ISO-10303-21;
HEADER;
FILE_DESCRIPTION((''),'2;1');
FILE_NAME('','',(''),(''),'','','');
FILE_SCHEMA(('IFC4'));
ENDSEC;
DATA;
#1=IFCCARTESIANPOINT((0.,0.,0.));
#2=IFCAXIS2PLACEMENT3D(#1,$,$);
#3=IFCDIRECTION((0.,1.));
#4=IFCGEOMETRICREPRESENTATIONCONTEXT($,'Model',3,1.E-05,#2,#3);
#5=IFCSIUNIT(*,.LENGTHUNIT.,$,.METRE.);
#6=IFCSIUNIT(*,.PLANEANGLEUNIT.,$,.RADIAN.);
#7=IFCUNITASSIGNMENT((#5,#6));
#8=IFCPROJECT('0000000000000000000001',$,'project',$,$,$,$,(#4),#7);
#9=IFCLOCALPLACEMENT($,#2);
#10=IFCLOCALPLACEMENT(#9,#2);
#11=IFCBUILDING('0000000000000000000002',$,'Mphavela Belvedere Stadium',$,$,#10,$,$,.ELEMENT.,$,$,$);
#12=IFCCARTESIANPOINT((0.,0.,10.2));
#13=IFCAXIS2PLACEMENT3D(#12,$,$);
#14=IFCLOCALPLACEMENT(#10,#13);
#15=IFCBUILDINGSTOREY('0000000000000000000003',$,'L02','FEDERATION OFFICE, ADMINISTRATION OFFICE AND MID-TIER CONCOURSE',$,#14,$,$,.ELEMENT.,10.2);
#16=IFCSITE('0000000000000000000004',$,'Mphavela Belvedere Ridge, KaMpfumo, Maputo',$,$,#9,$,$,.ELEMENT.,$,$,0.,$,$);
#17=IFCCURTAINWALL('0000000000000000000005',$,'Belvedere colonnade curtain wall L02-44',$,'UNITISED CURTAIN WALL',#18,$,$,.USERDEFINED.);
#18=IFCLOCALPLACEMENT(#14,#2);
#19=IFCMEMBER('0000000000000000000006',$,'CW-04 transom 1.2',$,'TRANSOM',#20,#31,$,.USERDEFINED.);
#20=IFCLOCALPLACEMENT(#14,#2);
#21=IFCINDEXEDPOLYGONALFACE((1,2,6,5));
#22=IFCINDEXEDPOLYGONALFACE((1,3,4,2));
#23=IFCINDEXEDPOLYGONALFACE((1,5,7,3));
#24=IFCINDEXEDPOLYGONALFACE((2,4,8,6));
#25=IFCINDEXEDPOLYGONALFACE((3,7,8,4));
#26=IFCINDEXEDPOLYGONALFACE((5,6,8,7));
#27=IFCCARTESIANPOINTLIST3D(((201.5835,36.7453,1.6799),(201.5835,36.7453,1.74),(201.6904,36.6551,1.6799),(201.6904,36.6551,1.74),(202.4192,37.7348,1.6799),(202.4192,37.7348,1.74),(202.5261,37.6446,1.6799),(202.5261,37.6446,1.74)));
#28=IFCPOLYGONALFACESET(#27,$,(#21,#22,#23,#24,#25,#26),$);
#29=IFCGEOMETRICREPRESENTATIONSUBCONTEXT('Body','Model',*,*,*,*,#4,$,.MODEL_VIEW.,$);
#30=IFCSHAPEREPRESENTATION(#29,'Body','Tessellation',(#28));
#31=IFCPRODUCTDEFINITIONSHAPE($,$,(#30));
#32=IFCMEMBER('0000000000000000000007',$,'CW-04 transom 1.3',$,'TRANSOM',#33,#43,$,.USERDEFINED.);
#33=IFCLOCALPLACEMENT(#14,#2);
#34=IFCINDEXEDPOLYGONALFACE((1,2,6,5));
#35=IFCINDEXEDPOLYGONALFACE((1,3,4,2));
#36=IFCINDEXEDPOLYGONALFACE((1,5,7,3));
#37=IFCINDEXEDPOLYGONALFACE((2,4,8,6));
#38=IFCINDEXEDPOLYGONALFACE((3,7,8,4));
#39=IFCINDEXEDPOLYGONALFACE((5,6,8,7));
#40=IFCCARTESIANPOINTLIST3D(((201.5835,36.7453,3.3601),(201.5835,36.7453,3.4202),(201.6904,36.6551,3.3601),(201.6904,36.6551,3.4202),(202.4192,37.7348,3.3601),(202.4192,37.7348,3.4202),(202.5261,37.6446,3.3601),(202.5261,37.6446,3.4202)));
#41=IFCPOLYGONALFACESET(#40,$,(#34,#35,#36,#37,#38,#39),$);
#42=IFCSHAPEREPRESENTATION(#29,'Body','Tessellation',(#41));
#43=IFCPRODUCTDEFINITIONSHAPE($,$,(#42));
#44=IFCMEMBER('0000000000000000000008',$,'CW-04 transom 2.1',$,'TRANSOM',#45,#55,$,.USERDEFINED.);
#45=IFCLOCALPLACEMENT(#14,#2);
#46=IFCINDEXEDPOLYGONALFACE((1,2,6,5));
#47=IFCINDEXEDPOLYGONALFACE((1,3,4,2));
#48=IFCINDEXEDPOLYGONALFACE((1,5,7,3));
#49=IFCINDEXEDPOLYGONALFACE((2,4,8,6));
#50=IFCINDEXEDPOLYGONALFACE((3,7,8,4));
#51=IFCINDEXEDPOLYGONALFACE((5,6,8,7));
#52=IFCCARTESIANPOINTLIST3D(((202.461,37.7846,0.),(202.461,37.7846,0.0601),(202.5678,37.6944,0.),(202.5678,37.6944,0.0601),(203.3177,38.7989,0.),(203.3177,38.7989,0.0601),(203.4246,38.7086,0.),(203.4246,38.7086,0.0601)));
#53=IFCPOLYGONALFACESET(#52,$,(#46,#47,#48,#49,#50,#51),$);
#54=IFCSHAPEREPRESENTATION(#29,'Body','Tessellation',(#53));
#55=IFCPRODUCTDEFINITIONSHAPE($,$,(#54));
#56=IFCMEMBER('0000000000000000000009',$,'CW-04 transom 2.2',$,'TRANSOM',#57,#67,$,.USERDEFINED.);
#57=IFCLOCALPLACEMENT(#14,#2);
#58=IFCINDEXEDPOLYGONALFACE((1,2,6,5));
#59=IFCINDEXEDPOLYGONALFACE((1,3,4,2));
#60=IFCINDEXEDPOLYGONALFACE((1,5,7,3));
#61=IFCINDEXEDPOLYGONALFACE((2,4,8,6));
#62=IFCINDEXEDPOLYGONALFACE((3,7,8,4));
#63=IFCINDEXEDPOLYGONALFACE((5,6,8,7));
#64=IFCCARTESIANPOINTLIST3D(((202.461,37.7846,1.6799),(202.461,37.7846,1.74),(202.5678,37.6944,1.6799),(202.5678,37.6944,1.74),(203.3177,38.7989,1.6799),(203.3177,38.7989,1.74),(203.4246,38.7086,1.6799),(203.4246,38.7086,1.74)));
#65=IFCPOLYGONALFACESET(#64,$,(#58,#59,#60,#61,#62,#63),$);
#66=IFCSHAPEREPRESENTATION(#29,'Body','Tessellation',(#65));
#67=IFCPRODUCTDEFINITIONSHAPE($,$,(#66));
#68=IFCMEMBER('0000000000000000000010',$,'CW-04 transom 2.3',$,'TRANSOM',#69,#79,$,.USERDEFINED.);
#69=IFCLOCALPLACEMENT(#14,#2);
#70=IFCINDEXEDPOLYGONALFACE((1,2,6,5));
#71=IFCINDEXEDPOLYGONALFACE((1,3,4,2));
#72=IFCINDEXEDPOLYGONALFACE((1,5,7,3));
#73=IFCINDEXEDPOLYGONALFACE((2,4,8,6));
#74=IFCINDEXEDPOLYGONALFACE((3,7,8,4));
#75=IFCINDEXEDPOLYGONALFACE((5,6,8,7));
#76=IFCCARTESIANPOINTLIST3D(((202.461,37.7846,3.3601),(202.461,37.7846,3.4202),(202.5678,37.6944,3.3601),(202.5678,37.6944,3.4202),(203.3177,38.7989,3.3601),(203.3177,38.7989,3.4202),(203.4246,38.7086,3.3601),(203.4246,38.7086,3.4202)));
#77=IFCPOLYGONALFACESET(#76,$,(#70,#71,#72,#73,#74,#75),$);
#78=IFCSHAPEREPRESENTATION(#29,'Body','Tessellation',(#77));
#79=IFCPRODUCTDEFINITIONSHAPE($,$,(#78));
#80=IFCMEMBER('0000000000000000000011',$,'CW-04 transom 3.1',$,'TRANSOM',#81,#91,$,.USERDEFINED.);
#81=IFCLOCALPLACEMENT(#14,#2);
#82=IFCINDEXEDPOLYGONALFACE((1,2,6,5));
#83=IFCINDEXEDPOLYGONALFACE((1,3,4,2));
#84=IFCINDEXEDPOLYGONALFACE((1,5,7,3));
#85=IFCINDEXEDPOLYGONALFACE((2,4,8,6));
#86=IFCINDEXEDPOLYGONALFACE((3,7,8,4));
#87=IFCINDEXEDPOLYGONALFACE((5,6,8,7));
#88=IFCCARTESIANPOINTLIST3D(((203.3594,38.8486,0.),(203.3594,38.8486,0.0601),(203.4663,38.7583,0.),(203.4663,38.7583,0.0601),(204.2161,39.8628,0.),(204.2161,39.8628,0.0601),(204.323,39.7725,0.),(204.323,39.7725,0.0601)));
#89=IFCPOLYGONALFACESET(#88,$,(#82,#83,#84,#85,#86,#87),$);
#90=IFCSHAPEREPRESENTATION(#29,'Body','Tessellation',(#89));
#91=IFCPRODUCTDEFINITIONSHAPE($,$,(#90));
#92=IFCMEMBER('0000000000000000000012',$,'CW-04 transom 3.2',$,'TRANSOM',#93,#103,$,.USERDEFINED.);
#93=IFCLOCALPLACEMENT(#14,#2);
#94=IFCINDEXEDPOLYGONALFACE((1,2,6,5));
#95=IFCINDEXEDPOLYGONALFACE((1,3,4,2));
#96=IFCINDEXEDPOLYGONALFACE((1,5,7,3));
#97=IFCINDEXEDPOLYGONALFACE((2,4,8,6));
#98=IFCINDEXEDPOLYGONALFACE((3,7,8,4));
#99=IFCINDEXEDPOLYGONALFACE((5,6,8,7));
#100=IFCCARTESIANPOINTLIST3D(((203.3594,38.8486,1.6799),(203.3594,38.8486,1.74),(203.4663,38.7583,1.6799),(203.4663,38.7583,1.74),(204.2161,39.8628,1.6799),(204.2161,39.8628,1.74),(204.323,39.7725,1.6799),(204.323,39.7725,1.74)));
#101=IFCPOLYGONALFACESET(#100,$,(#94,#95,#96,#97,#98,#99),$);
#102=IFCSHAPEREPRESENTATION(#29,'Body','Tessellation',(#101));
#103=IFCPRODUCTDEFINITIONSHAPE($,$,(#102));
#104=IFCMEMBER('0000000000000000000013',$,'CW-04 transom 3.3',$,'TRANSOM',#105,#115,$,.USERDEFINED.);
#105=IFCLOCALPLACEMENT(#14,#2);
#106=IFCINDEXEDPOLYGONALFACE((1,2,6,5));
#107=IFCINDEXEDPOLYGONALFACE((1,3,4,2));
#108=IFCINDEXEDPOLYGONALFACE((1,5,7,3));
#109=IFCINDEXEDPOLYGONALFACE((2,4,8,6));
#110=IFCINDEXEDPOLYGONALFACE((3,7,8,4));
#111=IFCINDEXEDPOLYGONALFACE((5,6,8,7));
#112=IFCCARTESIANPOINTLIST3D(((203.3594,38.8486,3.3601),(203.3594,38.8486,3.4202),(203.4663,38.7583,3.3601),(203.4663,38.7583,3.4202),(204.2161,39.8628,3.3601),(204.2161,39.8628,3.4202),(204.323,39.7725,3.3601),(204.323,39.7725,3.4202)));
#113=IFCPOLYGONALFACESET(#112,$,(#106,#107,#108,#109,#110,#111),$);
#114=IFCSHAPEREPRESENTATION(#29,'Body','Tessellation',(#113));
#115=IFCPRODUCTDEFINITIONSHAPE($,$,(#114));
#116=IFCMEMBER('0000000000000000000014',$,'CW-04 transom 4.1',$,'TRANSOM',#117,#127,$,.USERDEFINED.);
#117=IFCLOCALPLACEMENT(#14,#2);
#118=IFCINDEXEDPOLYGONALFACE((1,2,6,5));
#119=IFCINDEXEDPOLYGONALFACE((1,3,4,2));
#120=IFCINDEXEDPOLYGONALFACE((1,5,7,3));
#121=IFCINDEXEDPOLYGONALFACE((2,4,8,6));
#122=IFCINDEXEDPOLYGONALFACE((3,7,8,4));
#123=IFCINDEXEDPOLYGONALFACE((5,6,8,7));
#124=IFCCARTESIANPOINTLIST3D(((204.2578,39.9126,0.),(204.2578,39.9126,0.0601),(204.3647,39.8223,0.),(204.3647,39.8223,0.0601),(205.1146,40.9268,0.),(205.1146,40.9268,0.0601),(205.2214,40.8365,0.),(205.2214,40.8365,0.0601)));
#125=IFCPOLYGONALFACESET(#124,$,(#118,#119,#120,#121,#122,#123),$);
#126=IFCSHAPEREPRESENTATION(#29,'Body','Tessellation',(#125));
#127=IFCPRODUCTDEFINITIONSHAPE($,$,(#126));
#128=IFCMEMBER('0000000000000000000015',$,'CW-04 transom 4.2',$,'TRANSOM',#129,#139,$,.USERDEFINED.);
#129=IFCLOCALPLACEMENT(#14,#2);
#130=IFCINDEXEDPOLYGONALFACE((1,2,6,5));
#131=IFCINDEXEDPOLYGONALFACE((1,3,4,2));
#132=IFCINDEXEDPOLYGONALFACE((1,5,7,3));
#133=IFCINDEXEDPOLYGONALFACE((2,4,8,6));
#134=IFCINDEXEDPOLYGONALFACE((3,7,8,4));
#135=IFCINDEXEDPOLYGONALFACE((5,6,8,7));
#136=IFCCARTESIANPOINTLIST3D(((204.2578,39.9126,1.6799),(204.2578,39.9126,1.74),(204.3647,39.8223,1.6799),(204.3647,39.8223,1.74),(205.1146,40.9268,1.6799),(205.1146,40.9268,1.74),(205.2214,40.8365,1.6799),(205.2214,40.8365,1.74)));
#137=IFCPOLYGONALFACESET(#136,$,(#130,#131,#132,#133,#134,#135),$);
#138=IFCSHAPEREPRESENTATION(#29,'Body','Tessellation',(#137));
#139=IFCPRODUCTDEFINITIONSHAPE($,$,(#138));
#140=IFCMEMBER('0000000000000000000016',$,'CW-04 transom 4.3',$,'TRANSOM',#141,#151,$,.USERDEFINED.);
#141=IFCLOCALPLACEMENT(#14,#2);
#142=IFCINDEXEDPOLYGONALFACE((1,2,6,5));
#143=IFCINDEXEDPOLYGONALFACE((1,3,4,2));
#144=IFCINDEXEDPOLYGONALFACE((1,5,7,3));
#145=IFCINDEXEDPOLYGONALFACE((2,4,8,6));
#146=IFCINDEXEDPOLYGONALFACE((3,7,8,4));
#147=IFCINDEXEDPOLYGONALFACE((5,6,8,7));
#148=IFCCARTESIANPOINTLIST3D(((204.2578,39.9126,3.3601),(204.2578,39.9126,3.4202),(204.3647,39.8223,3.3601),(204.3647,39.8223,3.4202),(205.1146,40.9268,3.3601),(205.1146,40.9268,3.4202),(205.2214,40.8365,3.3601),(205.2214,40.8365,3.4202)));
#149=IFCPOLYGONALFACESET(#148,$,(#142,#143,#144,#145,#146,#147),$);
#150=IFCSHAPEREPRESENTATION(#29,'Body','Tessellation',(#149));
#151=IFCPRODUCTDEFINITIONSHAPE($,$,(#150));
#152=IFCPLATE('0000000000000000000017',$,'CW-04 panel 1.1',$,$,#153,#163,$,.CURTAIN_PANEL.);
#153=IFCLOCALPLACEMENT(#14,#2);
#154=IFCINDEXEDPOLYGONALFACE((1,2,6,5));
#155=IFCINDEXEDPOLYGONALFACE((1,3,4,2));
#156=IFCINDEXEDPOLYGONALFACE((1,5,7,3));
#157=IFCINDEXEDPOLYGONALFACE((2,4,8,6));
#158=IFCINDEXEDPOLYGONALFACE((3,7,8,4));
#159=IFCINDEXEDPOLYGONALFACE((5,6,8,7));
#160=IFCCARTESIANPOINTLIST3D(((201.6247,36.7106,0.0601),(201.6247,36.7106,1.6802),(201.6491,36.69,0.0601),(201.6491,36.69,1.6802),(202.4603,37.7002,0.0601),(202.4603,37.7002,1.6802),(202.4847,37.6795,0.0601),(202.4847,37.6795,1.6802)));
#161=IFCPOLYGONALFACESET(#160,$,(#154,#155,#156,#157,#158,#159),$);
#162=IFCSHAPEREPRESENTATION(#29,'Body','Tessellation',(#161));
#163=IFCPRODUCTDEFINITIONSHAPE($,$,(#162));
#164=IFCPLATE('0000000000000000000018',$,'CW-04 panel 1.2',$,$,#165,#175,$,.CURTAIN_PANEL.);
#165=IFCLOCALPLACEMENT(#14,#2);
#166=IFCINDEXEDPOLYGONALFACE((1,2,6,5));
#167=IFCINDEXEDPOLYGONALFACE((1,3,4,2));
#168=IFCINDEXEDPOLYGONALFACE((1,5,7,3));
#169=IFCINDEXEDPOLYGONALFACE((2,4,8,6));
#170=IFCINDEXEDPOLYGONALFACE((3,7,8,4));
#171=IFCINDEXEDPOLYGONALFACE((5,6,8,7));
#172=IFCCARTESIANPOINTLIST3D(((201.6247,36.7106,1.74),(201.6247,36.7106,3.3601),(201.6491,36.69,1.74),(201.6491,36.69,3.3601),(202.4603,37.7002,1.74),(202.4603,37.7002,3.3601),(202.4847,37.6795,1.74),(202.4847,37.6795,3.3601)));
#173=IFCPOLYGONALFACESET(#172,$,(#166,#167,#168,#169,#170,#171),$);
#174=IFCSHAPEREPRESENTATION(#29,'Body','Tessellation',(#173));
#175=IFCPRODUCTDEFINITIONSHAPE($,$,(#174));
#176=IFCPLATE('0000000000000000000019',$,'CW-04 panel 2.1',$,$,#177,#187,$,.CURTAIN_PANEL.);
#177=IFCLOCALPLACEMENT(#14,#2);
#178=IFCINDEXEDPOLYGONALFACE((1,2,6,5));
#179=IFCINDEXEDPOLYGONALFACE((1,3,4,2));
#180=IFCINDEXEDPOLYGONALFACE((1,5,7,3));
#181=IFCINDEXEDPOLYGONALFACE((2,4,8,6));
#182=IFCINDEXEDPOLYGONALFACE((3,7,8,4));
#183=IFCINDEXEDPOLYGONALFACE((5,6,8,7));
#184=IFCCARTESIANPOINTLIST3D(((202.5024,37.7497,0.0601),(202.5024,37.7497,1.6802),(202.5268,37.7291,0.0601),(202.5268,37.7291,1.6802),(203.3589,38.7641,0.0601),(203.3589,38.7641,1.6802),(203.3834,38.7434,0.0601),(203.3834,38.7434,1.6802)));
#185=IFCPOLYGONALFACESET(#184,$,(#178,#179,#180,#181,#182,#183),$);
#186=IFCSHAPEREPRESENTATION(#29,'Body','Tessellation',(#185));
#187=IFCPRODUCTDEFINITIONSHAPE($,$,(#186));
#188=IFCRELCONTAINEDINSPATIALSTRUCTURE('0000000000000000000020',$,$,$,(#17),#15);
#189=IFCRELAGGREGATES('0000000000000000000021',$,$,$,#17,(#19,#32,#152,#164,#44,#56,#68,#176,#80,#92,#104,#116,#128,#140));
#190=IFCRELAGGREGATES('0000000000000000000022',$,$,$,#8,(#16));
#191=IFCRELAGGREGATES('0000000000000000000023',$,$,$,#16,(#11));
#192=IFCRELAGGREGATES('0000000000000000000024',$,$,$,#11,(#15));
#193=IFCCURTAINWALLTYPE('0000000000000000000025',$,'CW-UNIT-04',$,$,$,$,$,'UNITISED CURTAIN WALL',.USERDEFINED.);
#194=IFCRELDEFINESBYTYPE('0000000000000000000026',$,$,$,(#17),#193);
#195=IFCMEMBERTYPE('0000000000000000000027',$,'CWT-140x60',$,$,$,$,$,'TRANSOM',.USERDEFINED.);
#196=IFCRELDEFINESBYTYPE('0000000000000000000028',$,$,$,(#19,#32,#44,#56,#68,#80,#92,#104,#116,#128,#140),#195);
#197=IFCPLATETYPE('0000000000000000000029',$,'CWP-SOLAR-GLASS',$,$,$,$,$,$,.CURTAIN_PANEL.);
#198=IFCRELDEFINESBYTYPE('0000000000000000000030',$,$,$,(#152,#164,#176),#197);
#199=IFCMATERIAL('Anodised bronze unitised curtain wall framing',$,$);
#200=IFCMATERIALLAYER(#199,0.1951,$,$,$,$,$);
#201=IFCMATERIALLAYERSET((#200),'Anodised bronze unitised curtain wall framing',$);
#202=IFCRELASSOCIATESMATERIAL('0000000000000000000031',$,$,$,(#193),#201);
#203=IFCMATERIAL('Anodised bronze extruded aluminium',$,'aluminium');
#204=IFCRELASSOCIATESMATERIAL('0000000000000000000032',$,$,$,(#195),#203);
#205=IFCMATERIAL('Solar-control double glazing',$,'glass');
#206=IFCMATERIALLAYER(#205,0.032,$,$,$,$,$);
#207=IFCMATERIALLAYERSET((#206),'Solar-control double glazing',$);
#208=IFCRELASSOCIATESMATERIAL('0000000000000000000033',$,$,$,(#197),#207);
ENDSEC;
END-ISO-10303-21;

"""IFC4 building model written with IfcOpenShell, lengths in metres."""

from ifc_helpers import new_model, si_unit, direction, frame, origin, origin_2d, place, context, subcontext, project, spatial, rectangle, extrude, material, layer, layer_set, material_profile, profile_set, type_object, element, aggregate, save


model = new_model("IFC4")

# Units and contexts
model_context = context("Model", 3, precision=1e-05, world=origin(), true_north=direction((0.0, 1.0)))
body_context = subcontext(model_context, "Body", "Model", "MODEL_VIEW")
ifc_project = project(units=[si_unit("LENGTHUNIT", "METRE"), si_unit("PLANEANGLEUNIT", "RADIAN")], contexts=[model_context])

# Site, building, storey
site_placement = place(None, origin())
site = spatial("IfcSite", under=ifc_project, at=site_placement, Name="Mphavela Belvedere Ridge, KaMpfumo, Maputo", CompositionType="ELEMENT", RefElevation=0.0)
building_placement = place(site_placement, origin())
building = spatial("IfcBuilding", under=site, at=building_placement, Name="Mphavela Belvedere Stadium", CompositionType="ELEMENT")
storey_placement = place(building_placement, frame((0.0, 0.0, 10.2)))
storey = spatial("IfcBuildingStorey", under=building, at=storey_placement, Name="L02", Description="FEDERATION OFFICE, ADMINISTRATION OFFICE AND MID-TIER CONCOURSE", CompositionType="ELEMENT", Elevation=10.2)

# Curtain wall, members, plates
ifc_material_1 = material(Name="Anodised bronze unitised curtain wall framing")
ifc_layer_1 = layer(ifc_material_1, 0.1951)
ifc_layer_set_1 = layer_set([ifc_layer_1], Name="Anodised bronze unitised curtain wall framing")
curtain_wall_type_1 = type_object("IfcCurtainWallType", Name="CW-UNIT-04", ElementType="UNITISED CURTAIN WALL", PredefinedType="USERDEFINED", material=ifc_layer_set_1)
curtain_wall_1_placement = place(storey_placement, origin())
curtain_wall_1 = element("IfcCurtainWall", 1, at=curtain_wall_1_placement, inside=storey, type_object=curtain_wall_type_1, Name="Belvedere colonnade curtain wall L02-44", ObjectType="UNITISED CURTAIN WALL", PredefinedType="USERDEFINED")
ifc_material_2 = material(Name="Anodised bronze extruded aluminium", Category="aluminium")
ifc_material_profile_1 = material_profile(ifc_material_2, rectangle(XDim=0.1399, YDim=0.0601, at=origin_2d()), Name="CW-TRN 140x60")
ifc_profile_set_1 = profile_set([ifc_material_profile_1], Name="Anodised bronze extruded aluminium")
member_type_1 = type_object("IfcMemberType", Name="CWT-140x60", ElementType="TRANSOM", PredefinedType="USERDEFINED", material=ifc_profile_set_1)
member_1_placement = place(storey_placement, frame((201.637, 36.7002, 1.71), z_axis=(0.645232, 0.763987, 0.0), x_axis=(-0.763987, 0.645232, 0.0)))
member_1 = element("IfcMember", 2, at=member_1_placement, type_object=member_type_1, Name="CW-04 transom 1.2", ObjectType="TRANSOM", PredefinedType="USERDEFINED", context=body_context, shape_type="SweptSolid", body=[
    extrude(rectangle(XDim=0.1399, YDim=0.0601, at=origin_2d()), origin(), (0.0, 0.0, 1.0), 1.2952),
])
member_2_placement = place(storey_placement, frame((201.637, 36.7002, 3.3901), z_axis=(0.645232, 0.763987, 0.0), x_axis=(-0.763987, 0.645232, 0.0)))
member_2 = element("IfcMember", 3, at=member_2_placement, type_object=member_type_1, Name="CW-04 transom 1.3", ObjectType="TRANSOM", PredefinedType="USERDEFINED", context=body_context, shape_type="SweptSolid", body=[
    extrude(rectangle(XDim=0.1399, YDim=0.0601, at=origin_2d()), origin(), (0.0, 0.0, 1.0), 1.2952),
])
member_3_placement = place(storey_placement, frame((202.5144, 37.7395, 0.03), z_axis=(0.645307, 0.763923, 0.0), x_axis=(-0.763923, 0.645307, 0.0)))
member_3 = element("IfcMember", 4, at=member_3_placement, type_object=member_type_1, Name="CW-04 transom 2.1", ObjectType="TRANSOM", PredefinedType="USERDEFINED", context=body_context, shape_type="SweptSolid", body=[
    extrude(rectangle(XDim=0.1399, YDim=0.0601, at=origin_2d()), origin(), (0.0, 0.0, 1.0), 1.3276),
])
member_4_placement = place(storey_placement, frame((202.5144, 37.7395, 1.71), z_axis=(0.645307, 0.763923, 0.0), x_axis=(-0.763923, 0.645307, 0.0)))
member_4 = element("IfcMember", 5, at=member_4_placement, type_object=member_type_1, Name="CW-04 transom 2.2", ObjectType="TRANSOM", PredefinedType="USERDEFINED", context=body_context, shape_type="SweptSolid", body=[
    extrude(rectangle(XDim=0.1399, YDim=0.0601, at=origin_2d()), origin(), (0.0, 0.0, 1.0), 1.3276),
])
member_5_placement = place(storey_placement, frame((202.5144, 37.7395, 3.3901), z_axis=(0.645307, 0.763923, 0.0), x_axis=(-0.763923, 0.645307, 0.0)))
member_5 = element("IfcMember", 6, at=member_5_placement, type_object=member_type_1, Name="CW-04 transom 2.3", ObjectType="TRANSOM", PredefinedType="USERDEFINED", context=body_context, shape_type="SweptSolid", body=[
    extrude(rectangle(XDim=0.1399, YDim=0.0601, at=origin_2d()), origin(), (0.0, 0.0, 1.0), 1.3276),
])
member_6_placement = place(storey_placement, frame((203.4128, 38.8035, 0.03), z_axis=(0.645307, 0.763923, 0.0), x_axis=(-0.763923, 0.645307, 0.0)))
member_6 = element("IfcMember", 7, at=member_6_placement, type_object=member_type_1, Name="CW-04 transom 3.1", ObjectType="TRANSOM", PredefinedType="USERDEFINED", context=body_context, shape_type="SweptSolid", body=[
    extrude(rectangle(XDim=0.1399, YDim=0.0601, at=origin_2d()), origin(), (0.0, 0.0, 1.0), 1.3276),
])
member_7_placement = place(storey_placement, frame((203.4128, 38.8035, 1.71), z_axis=(0.645307, 0.763923, 0.0), x_axis=(-0.763923, 0.645307, 0.0)))
member_7 = element("IfcMember", 8, at=member_7_placement, type_object=member_type_1, Name="CW-04 transom 3.2", ObjectType="TRANSOM", PredefinedType="USERDEFINED", context=body_context, shape_type="SweptSolid", body=[
    extrude(rectangle(XDim=0.1399, YDim=0.0601, at=origin_2d()), origin(), (0.0, 0.0, 1.0), 1.3276),
])
member_8_placement = place(storey_placement, frame((203.4128, 38.8035, 3.3901), z_axis=(0.645307, 0.763923, 0.0), x_axis=(-0.763923, 0.645307, 0.0)))
member_8 = element("IfcMember", 9, at=member_8_placement, type_object=member_type_1, Name="CW-04 transom 3.3", ObjectType="TRANSOM", PredefinedType="USERDEFINED", context=body_context, shape_type="SweptSolid", body=[
    extrude(rectangle(XDim=0.1399, YDim=0.0601, at=origin_2d()), origin(), (0.0, 0.0, 1.0), 1.3276),
])
member_9_placement = place(storey_placement, frame((204.3113, 39.8674, 0.03), z_axis=(0.645307, 0.763923, 0.0), x_axis=(-0.763923, 0.645307, 0.0)))
member_9 = element("IfcMember", 10, at=member_9_placement, type_object=member_type_1, Name="CW-04 transom 4.1", ObjectType="TRANSOM", PredefinedType="USERDEFINED", context=body_context, shape_type="SweptSolid", body=[
    extrude(rectangle(XDim=0.1399, YDim=0.0601, at=origin_2d()), origin(), (0.0, 0.0, 1.0), 1.3276),
])
member_10_placement = place(storey_placement, frame((204.3113, 39.8674, 1.71), z_axis=(0.645307, 0.763923, 0.0), x_axis=(-0.763923, 0.645307, 0.0)))
member_10 = element("IfcMember", 11, at=member_10_placement, type_object=member_type_1, Name="CW-04 transom 4.2", ObjectType="TRANSOM", PredefinedType="USERDEFINED", context=body_context, shape_type="SweptSolid", body=[
    extrude(rectangle(XDim=0.1399, YDim=0.0601, at=origin_2d()), origin(), (0.0, 0.0, 1.0), 1.3276),
])
member_11_placement = place(storey_placement, frame((204.3113, 39.8674, 3.3901), z_axis=(0.645307, 0.763923, 0.0), x_axis=(-0.763923, 0.645307, 0.0)))
member_11 = element("IfcMember", 12, at=member_11_placement, type_object=member_type_1, Name="CW-04 transom 4.3", ObjectType="TRANSOM", PredefinedType="USERDEFINED", context=body_context, shape_type="SweptSolid", body=[
    extrude(rectangle(XDim=0.1399, YDim=0.0601, at=origin_2d()), origin(), (0.0, 0.0, 1.0), 1.3276),
])
ifc_material_3 = material(Name="Solar-control double glazing", Category="glass")
ifc_layer_2 = layer(ifc_material_3, 0.032)
ifc_layer_set_2 = layer_set([ifc_layer_2], Name="Solar-control double glazing")
plate_type = type_object("IfcPlateType", Name="CWP-SOLAR-GLASS", PredefinedType="CURTAIN_PANEL", material=ifc_layer_set_2)
plate_1_placement = place(storey_placement, frame((202.0547, 37.1951, 0.0601), z_axis=(0.0, 0.0, 1.0), x_axis=(0.645169, 0.76404, 0.0)))
plate_1 = element("IfcPlate", 13, at=plate_1_placement, type_object=plate_type, Name="CW-04 panel 1.1", PredefinedType="CURTAIN_PANEL", context=body_context, shape_type="SweptSolid", body=[
    extrude(rectangle(XDim=1.2952, YDim=0.032, at=origin_2d()), origin(), (0.0, 0.0, 1.0), 1.6201),
])
plate_2_placement = place(storey_placement, frame((202.0547, 37.1951, 1.74), z_axis=(0.0, 0.0, 1.0), x_axis=(0.645169, 0.76404, 0.0)))
plate_2 = element("IfcPlate", 14, at=plate_2_placement, type_object=plate_type, Name="CW-04 panel 1.2", PredefinedType="CURTAIN_PANEL", context=body_context, shape_type="SweptSolid", body=[
    extrude(rectangle(XDim=1.2952, YDim=0.032, at=origin_2d()), origin(), (0.0, 0.0, 1.0), 1.6201),
])
plate_3_placement = place(storey_placement, frame((202.9429, 38.2466, 0.0601), z_axis=(0.0, 0.0, 1.0), x_axis=(0.645169, 0.76404, 0.0)))
plate_3 = element("IfcPlate", 15, at=plate_3_placement, type_object=plate_type, Name="CW-04 panel 2.1", PredefinedType="CURTAIN_PANEL", context=body_context, shape_type="SweptSolid", body=[
    extrude(rectangle(XDim=1.3276, YDim=0.032, at=origin_2d()), origin(), (0.0, 0.0, 1.0), 1.6201),
])
aggregate(curtain_wall_1, [member_1, member_2, plate_1, plate_2, member_3, member_4, member_5, plate_3, member_6, member_7, member_8, member_9, member_10, member_11])

save(model, "model.ifc")
